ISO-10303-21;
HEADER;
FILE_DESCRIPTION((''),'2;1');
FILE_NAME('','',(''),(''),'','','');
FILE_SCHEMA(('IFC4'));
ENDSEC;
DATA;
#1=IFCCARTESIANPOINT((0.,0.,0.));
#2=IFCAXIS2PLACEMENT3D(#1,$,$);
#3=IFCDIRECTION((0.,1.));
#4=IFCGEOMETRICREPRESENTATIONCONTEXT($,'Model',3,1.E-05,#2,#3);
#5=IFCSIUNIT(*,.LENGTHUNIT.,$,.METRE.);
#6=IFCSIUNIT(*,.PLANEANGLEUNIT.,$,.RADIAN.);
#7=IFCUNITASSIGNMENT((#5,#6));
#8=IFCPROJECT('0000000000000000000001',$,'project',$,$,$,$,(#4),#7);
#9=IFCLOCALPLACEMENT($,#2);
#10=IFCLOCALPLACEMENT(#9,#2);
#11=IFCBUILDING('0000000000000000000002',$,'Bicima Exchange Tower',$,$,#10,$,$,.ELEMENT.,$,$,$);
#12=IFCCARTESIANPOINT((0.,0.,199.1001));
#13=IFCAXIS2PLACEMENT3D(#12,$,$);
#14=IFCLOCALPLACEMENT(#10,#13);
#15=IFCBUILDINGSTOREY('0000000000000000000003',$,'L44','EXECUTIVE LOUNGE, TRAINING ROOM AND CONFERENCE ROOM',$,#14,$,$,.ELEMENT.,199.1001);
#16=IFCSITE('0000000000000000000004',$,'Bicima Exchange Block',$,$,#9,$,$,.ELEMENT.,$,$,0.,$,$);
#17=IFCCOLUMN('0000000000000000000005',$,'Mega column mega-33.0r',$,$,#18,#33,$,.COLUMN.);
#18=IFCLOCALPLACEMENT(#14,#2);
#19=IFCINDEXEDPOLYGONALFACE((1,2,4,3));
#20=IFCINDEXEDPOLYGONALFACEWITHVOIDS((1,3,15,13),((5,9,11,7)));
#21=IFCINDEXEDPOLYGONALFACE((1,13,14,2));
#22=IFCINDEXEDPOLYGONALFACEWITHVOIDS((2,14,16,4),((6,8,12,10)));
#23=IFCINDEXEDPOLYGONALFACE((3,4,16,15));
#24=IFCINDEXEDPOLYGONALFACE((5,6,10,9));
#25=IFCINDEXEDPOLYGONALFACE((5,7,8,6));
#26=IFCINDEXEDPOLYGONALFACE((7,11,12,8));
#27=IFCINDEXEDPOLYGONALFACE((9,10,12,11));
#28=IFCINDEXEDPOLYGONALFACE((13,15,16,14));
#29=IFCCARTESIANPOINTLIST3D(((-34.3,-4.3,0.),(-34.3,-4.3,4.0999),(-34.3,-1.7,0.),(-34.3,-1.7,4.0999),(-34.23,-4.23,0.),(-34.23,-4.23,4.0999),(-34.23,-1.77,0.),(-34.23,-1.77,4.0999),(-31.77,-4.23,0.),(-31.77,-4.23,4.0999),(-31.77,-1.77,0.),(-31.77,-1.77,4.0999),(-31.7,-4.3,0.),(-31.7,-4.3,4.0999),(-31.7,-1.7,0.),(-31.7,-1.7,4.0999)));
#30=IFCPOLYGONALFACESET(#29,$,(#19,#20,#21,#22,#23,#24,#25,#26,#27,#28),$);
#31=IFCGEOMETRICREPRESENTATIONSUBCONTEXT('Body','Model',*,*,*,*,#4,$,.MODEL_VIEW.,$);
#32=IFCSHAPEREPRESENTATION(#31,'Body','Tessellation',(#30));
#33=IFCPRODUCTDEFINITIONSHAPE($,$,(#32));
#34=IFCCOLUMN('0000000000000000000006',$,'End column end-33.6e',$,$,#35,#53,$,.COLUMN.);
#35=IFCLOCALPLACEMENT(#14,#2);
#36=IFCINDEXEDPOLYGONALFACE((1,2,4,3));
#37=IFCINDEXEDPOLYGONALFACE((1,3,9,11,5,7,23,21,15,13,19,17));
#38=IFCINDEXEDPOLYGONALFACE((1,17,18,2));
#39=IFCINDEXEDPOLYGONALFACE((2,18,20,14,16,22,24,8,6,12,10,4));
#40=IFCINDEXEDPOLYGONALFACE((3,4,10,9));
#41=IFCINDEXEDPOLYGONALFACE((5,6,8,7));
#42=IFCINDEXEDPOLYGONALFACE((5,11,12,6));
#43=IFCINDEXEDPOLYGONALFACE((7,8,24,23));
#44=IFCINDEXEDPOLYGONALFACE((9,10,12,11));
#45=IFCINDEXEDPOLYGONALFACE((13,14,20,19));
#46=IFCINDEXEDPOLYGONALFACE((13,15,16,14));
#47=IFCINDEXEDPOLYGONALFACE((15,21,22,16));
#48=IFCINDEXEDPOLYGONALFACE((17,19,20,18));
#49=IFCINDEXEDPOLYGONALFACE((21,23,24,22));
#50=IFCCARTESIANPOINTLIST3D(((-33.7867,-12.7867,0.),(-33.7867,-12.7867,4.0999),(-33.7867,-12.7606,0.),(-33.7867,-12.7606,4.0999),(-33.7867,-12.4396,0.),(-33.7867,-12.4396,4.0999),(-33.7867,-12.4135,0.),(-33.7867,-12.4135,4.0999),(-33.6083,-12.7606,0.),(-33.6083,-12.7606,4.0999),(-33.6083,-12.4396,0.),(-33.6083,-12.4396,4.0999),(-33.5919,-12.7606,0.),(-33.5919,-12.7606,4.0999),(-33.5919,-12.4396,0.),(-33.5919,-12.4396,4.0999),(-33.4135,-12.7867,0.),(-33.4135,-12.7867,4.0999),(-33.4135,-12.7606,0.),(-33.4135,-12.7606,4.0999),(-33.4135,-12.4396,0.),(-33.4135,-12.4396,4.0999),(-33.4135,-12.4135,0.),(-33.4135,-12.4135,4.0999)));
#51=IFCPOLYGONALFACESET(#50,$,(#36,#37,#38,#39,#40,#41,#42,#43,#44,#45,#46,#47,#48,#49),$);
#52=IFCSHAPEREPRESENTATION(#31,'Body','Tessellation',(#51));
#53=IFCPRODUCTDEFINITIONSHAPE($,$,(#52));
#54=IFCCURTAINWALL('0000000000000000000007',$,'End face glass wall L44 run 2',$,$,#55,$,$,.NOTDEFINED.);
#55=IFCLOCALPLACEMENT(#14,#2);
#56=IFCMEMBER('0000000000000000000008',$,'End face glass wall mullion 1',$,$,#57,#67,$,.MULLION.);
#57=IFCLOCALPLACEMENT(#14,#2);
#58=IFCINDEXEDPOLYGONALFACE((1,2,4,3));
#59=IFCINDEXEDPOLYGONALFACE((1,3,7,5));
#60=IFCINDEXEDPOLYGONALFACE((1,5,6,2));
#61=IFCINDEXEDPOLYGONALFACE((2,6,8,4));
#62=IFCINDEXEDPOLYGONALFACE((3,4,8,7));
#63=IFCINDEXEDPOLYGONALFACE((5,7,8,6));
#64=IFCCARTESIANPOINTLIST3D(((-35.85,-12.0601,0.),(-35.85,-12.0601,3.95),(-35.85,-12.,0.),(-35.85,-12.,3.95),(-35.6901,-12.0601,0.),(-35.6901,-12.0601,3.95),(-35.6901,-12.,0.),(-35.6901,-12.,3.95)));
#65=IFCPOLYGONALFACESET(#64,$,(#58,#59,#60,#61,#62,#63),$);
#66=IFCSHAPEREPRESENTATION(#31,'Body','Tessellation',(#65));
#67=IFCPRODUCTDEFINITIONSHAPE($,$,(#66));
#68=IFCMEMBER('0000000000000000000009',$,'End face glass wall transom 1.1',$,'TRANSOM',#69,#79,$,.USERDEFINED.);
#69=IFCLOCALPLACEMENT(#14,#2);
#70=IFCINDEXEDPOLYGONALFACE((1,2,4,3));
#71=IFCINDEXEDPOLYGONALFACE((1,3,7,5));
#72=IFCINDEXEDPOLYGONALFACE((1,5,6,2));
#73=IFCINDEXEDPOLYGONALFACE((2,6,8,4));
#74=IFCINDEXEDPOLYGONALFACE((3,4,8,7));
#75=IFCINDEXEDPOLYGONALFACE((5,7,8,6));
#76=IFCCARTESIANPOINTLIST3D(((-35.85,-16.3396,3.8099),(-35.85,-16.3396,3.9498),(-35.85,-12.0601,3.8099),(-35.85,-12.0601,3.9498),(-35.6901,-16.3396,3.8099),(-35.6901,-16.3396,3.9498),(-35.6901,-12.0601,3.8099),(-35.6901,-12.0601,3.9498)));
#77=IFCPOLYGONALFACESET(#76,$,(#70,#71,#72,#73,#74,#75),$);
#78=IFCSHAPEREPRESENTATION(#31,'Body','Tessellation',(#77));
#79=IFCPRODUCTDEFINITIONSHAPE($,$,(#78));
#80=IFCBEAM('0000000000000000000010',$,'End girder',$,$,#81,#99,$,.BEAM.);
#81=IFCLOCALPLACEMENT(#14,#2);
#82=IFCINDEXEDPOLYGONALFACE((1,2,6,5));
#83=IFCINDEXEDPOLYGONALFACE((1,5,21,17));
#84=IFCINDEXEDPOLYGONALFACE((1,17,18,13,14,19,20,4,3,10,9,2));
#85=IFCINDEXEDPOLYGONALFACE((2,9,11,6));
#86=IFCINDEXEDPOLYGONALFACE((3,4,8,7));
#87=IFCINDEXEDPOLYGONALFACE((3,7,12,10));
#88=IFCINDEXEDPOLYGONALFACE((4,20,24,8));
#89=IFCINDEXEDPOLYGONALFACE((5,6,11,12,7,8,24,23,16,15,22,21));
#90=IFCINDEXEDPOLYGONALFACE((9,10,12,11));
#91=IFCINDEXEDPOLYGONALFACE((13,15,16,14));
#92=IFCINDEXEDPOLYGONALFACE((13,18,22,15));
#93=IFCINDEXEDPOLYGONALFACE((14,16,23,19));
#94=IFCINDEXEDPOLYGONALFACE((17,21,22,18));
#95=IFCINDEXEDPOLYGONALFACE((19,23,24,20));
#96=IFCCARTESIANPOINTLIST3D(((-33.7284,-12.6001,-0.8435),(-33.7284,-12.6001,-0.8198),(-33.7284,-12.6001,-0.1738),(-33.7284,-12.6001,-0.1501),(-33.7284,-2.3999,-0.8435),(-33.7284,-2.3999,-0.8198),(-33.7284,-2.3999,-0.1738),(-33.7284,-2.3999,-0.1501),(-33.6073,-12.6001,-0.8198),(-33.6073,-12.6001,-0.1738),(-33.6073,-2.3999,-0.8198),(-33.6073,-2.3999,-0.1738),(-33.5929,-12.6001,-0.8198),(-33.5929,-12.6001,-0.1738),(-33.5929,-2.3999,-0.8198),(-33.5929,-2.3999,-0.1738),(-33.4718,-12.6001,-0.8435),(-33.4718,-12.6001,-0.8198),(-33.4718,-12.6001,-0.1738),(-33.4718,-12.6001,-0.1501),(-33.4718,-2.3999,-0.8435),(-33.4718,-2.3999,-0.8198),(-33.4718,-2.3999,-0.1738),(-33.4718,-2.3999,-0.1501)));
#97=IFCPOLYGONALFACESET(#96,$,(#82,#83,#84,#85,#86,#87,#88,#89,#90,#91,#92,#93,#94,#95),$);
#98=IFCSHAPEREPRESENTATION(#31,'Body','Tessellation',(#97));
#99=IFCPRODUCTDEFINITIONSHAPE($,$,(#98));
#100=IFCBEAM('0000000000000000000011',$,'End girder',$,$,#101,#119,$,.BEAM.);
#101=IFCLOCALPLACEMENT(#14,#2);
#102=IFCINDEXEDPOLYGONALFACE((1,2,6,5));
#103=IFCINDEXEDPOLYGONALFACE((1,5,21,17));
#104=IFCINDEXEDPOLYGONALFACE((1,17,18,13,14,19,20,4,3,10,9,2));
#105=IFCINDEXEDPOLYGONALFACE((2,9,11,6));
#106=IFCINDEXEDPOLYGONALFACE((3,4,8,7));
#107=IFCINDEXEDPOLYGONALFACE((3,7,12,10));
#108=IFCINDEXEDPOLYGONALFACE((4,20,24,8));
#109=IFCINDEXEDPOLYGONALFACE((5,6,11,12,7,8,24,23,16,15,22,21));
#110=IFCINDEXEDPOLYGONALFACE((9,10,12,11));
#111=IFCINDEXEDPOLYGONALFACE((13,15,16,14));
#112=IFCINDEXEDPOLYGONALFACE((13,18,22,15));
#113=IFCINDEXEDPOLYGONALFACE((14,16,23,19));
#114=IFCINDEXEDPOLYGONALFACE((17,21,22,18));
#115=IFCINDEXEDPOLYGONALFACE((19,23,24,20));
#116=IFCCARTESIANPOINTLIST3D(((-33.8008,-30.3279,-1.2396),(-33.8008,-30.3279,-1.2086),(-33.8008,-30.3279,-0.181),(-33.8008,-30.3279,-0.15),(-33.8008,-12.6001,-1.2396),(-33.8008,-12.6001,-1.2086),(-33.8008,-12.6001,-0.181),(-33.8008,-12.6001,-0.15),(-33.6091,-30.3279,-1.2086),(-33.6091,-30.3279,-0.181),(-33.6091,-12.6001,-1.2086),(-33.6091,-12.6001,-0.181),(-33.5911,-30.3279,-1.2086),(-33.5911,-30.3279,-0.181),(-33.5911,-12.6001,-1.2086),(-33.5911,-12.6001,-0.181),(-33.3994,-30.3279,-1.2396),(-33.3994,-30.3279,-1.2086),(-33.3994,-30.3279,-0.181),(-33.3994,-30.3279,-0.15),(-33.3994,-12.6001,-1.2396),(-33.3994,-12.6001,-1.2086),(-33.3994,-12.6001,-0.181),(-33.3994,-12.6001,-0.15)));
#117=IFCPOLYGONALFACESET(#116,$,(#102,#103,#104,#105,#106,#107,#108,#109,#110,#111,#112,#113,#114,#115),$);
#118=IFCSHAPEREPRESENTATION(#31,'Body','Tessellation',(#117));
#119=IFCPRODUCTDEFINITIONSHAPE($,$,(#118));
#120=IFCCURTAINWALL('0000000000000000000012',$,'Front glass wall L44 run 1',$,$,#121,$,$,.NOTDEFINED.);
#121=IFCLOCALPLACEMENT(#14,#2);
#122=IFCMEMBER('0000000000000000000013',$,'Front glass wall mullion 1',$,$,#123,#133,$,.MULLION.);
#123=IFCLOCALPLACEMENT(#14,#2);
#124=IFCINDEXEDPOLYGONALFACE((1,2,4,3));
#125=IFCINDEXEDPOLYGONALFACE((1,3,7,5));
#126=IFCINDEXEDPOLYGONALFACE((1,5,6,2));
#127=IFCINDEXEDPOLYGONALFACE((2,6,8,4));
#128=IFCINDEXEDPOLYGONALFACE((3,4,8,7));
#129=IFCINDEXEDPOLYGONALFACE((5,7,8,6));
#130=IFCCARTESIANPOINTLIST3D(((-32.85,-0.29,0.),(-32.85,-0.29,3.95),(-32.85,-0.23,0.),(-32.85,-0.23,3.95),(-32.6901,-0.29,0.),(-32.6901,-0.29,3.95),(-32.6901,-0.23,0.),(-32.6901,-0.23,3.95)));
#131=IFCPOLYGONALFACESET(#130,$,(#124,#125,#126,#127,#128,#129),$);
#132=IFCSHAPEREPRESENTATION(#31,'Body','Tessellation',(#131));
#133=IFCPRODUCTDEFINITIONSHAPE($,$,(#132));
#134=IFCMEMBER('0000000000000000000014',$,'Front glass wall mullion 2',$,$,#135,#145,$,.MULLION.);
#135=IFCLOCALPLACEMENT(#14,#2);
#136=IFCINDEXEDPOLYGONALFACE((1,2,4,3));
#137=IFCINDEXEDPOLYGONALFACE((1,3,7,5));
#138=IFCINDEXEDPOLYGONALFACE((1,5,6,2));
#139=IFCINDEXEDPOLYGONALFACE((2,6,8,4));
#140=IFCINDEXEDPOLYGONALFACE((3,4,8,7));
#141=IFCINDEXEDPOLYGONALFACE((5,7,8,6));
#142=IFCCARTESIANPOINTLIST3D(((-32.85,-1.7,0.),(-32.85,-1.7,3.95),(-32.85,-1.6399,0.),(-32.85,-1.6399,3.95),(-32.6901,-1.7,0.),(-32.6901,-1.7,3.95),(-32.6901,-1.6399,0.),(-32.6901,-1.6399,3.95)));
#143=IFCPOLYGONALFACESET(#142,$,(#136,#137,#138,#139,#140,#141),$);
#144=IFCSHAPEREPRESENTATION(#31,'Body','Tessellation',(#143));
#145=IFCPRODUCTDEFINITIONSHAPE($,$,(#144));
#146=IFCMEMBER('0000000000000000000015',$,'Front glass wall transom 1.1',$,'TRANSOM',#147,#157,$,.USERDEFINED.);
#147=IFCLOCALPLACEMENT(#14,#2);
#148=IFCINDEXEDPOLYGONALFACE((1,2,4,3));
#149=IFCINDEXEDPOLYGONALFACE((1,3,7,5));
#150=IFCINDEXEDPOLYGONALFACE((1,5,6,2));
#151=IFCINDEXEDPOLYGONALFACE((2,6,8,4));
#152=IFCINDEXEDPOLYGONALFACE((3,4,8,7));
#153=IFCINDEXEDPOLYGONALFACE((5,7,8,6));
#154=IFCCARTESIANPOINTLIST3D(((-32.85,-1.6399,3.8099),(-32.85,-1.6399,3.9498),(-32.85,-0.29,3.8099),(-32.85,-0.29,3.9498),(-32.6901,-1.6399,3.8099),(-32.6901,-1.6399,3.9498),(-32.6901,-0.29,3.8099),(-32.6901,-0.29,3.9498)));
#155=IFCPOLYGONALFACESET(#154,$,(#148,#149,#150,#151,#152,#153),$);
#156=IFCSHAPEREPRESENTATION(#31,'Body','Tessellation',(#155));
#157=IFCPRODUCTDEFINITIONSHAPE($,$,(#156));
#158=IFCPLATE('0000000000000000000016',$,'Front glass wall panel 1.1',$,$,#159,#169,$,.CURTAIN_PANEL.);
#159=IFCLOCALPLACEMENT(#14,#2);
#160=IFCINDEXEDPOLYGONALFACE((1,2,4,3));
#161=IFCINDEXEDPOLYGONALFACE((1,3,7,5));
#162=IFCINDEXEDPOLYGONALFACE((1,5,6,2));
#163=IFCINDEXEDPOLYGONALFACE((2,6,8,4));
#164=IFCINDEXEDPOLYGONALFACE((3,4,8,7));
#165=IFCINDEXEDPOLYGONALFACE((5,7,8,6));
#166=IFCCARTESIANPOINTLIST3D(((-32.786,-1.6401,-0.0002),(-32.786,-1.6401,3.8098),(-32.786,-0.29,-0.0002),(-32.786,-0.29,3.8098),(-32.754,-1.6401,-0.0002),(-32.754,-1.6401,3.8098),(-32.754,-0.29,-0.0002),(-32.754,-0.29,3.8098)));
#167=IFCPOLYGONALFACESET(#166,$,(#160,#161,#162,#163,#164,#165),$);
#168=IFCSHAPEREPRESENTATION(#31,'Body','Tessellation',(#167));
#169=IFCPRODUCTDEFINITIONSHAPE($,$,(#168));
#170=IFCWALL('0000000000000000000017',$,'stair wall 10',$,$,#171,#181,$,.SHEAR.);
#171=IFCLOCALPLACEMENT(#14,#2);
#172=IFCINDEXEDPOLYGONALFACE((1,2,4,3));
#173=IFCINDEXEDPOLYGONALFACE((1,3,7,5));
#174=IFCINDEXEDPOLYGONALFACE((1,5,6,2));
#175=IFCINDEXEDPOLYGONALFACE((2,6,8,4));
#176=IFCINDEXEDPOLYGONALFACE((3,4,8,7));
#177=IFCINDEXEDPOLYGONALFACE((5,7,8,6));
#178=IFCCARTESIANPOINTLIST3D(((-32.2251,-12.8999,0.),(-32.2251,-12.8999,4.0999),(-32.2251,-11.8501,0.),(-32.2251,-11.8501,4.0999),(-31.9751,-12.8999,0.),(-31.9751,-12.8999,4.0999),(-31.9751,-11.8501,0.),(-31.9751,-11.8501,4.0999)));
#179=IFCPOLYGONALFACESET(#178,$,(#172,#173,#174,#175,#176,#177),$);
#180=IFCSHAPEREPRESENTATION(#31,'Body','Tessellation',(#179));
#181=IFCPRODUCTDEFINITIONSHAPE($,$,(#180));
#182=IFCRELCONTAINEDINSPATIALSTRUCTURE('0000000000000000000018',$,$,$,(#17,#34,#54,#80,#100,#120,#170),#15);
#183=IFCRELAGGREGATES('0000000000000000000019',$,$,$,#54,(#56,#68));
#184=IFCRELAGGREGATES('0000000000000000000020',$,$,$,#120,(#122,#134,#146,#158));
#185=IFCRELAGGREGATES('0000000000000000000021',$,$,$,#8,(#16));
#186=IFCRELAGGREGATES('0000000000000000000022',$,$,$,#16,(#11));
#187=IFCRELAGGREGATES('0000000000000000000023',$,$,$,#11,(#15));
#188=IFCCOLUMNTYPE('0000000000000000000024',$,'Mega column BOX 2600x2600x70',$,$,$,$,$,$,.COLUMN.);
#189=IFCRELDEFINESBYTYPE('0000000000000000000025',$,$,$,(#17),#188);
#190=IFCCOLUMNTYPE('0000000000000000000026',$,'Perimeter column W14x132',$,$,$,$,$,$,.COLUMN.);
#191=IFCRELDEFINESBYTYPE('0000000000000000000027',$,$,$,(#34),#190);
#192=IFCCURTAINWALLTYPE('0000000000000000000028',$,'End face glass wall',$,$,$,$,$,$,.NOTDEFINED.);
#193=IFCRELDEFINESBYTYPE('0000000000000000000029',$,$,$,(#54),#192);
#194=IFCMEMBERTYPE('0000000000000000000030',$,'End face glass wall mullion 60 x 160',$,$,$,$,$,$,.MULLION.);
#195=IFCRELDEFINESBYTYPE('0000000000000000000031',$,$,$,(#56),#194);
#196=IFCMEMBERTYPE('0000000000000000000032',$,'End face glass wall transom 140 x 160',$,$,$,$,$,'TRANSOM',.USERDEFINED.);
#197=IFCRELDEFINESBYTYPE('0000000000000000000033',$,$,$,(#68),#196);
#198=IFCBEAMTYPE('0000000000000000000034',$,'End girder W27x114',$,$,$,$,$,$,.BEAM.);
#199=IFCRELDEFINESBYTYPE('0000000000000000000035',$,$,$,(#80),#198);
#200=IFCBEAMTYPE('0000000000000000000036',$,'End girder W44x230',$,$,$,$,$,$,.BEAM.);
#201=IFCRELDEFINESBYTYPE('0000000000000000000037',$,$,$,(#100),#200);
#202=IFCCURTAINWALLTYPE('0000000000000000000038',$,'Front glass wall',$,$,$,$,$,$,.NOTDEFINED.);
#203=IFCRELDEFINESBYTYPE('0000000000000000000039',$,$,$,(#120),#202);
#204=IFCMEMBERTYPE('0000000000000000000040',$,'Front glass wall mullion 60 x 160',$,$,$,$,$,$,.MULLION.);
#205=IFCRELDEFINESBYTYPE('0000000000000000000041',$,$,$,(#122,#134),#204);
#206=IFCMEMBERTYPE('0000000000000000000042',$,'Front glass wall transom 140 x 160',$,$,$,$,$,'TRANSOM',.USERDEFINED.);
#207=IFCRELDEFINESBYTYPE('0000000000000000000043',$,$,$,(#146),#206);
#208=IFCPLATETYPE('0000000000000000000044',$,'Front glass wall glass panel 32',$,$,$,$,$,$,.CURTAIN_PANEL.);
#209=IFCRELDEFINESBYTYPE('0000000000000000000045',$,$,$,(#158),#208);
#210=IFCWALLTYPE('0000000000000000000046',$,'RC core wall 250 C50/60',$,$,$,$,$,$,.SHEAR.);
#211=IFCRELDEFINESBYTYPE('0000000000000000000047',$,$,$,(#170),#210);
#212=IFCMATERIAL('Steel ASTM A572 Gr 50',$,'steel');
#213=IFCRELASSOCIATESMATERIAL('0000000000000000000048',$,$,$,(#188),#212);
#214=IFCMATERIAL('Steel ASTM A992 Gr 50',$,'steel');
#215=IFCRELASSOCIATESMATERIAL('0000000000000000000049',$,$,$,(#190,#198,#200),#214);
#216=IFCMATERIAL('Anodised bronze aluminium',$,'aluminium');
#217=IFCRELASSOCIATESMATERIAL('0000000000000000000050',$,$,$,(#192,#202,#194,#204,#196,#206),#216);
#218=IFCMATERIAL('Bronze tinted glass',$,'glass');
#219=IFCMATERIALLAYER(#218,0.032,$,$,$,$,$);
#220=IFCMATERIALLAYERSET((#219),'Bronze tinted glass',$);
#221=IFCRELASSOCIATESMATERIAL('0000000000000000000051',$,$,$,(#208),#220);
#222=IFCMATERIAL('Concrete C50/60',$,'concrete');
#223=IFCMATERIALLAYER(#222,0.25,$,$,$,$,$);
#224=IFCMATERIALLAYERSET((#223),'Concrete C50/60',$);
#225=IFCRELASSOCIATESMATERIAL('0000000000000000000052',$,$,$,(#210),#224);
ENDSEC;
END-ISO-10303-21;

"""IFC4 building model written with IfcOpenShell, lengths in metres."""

from ifc_helpers import new_model, si_unit, direction, frame, frame_2d, origin, origin_2d, place, context, subcontext, project, spatial, rectangle, hollow_rectangle, i_section, extrude, material, layer, layer_set, material_profile, profile_set, type_object, element, aggregate, save


model = new_model("IFC4")

# Units and contexts
model_context = context("Model", 3, precision=1e-05, world=origin(), true_north=direction((0.0, 1.0)))
body_context = subcontext(model_context, "Body", "Model", "MODEL_VIEW")
ifc_project = project(units=[si_unit("LENGTHUNIT", "METRE"), si_unit("PLANEANGLEUNIT", "RADIAN")], contexts=[model_context])

# Site, building, storey
site_placement = place(None, origin())
site = spatial("IfcSite", under=ifc_project, at=site_placement, Name="Bicima Exchange Block", CompositionType="ELEMENT", RefElevation=0.0)
building_placement = place(site_placement, origin())
building = spatial("IfcBuilding", under=site, at=building_placement, Name="Bicima Exchange Tower", CompositionType="ELEMENT")
storey_placement = place(building_placement, frame((0.0, 0.0, 199.1001)))
storey = spatial("IfcBuildingStorey", under=building, at=storey_placement, Name="L44", Description="EXECUTIVE LOUNGE, TRAINING ROOM AND CONFERENCE ROOM", CompositionType="ELEMENT", Elevation=199.1001)

# Columns
ifc_material_1 = material(Name="Steel ASTM A572 Gr 50", Category="steel")
ifc_material_profile_1 = material_profile(ifc_material_1, hollow_rectangle(XDim=2.6001, YDim=2.6001, WallThickness=0.0701, at=origin_2d()))
ifc_profile_set_1 = profile_set([ifc_material_profile_1], Name="Steel ASTM A572 Gr 50")
column_type_1 = type_object("IfcColumnType", Name="Mega column BOX 2600x2600x70", PredefinedType="COLUMN", material=ifc_profile_set_1)
column_1_placement = place(storey_placement, frame((-33.0, -3.0, 0.0), z_axis=(0.0, 0.0, 1.0), x_axis=(1.0, 0.0, 0.0)))
element("IfcColumn", 1, at=column_1_placement, inside=storey, type_object=column_type_1, Name="Mega column mega-33.0r", PredefinedType="COLUMN", context=body_context, shape_type="SweptSolid", body=[
    extrude(hollow_rectangle(XDim=2.6001, YDim=2.6001, WallThickness=0.0701, at=origin_2d()), origin(), (0.0, 0.0, 1.0), 4.0999),
])
ifc_material_2 = material(Name="Steel ASTM A992 Gr 50", Category="steel")
ifc_material_profile_2 = material_profile(ifc_material_2, i_section(OverallWidth=0.3733, OverallDepth=0.3733, WebThickness=0.0164, FlangeThickness=0.0261, at=origin_2d()))
ifc_profile_set_2 = profile_set([ifc_material_profile_2], Name="Steel ASTM A992 Gr 50")
column_type_2 = type_object("IfcColumnType", Name="Perimeter column W14x132", PredefinedType="COLUMN", material=ifc_profile_set_2)
column_2_placement = place(storey_placement, frame((-33.6001, -12.6001, 0.0), z_axis=(0.0, 0.0, 1.0), x_axis=(1.0, 0.0, 0.0)))
element("IfcColumn", 2, at=column_2_placement, inside=storey, type_object=column_type_2, Name="End column end-33.6e", PredefinedType="COLUMN", context=body_context, shape_type="SweptSolid", body=[
    extrude(i_section(OverallWidth=0.3733, OverallDepth=0.3733, WebThickness=0.0164, FlangeThickness=0.0261, at=origin_2d()), origin(), (0.0, 0.0, 1.0), 4.0999),
])

# Curtain wall, members
ifc_material_3 = material(Name="Anodised bronze aluminium", Category="aluminium")
curtain_wall_type_1 = type_object("IfcCurtainWallType", Name="End face glass wall", PredefinedType="NOTDEFINED", material=ifc_material_3)
curtain_wall_1_placement = place(storey_placement, origin())
curtain_wall_1 = element("IfcCurtainWall", 3, at=curtain_wall_1_placement, inside=storey, type_object=curtain_wall_type_1, Name="End face glass wall L44 run 2", PredefinedType="NOTDEFINED")
ifc_material_profile_3 = material_profile(ifc_material_3, rectangle(XDim=0.1599, YDim=0.0601, at=origin_2d()))
ifc_profile_set_3 = profile_set([ifc_material_profile_3], Name="Anodised bronze aluminium")
member_type_1 = type_object("IfcMemberType", Name="End face glass wall mullion 60 x 160", PredefinedType="MULLION", material=ifc_profile_set_3)
member_1_placement = place(storey_placement, frame((-35.77, -12.03, 0.0), z_axis=(0.0, 0.0, 1.0), x_axis=(1.0, 0.0, 0.0)))
member_1 = element("IfcMember", 4, at=member_1_placement, type_object=member_type_1, Name="End face glass wall mullion 1", PredefinedType="MULLION", context=body_context, shape_type="SweptSolid", body=[
    extrude(rectangle(XDim=0.1599, YDim=0.0601, at=origin_2d()), origin(), (0.0, 0.0, 1.0), 3.95),
])
ifc_material_profile_4 = material_profile(ifc_material_3, rectangle(XDim=0.1599, YDim=0.1399, at=origin_2d()))
ifc_profile_set_4 = profile_set([ifc_material_profile_4], Name="Anodised bronze aluminium")
member_type_2 = type_object("IfcMemberType", Name="End face glass wall transom 140 x 160", ElementType="TRANSOM", PredefinedType="USERDEFINED", material=ifc_profile_set_4)
member_2_placement = place(storey_placement, frame((-35.77, -12.0601, 3.8799), z_axis=(0.0, -1.0, 0.0), x_axis=(1.0, 0.0, 0.0)))
member_2 = element("IfcMember", 5, at=member_2_placement, type_object=member_type_2, Name="End face glass wall transom 1.1", ObjectType="TRANSOM", PredefinedType="USERDEFINED", context=body_context, shape_type="SweptSolid", body=[
    extrude(rectangle(XDim=0.1599, YDim=0.1399, at=origin_2d()), origin(), (0.0, 0.0, 1.0), 4.2795),
])
aggregate(curtain_wall_1, [member_1, member_2])

# Beams
ifc_material_profile_5 = material_profile(ifc_material_2, i_section(OverallWidth=0.2566, OverallDepth=0.6934, WebThickness=0.0144, FlangeThickness=0.0237, at=origin_2d()))
ifc_profile_set_5 = profile_set([ifc_material_profile_5], Name="Steel ASTM A992 Gr 50")
beam_type_1 = type_object("IfcBeamType", Name="End girder W27x114", PredefinedType="BEAM", material=ifc_profile_set_5)
beam_1_placement = place(storey_placement, frame((-33.6001, -2.3999, -0.4968), z_axis=(0.0, -1.0, 0.0), x_axis=(1.0, 0.0, 0.0)))
element("IfcBeam", 6, at=beam_1_placement, inside=storey, type_object=beam_type_1, Name="End girder", PredefinedType="BEAM", context=body_context, shape_type="SweptSolid", body=[
    extrude(i_section(OverallWidth=0.2566, OverallDepth=0.6934, WebThickness=0.0144, FlangeThickness=0.0237, at=origin_2d()), origin(), (0.0, 0.0, 1.0), 10.2002),
])
ifc_material_profile_6 = material_profile(ifc_material_2, i_section(OverallWidth=0.4014, OverallDepth=1.0896, WebThickness=0.0181, FlangeThickness=0.031, at=origin_2d()))
ifc_profile_set_6 = profile_set([ifc_material_profile_6], Name="Steel ASTM A992 Gr 50")
beam_type_2 = type_object("IfcBeamType", Name="End girder W44x230", PredefinedType="BEAM", material=ifc_profile_set_6)
beam_2_placement = place(storey_placement, frame((-33.6001, -12.6001, -0.6948), z_axis=(0.0, -1.0, 0.0), x_axis=(1.0, 0.0, 0.0)))
element("IfcBeam", 7, at=beam_2_placement, inside=storey, type_object=beam_type_2, Name="End girder", PredefinedType="BEAM", context=body_context, shape_type="SweptSolid", body=[
    extrude(i_section(OverallWidth=0.4014, OverallDepth=1.0896, WebThickness=0.0181, FlangeThickness=0.031, at=origin_2d()), origin(), (0.0, 0.0, 1.0), 17.7278),
])

# Curtain wall, members, plate
curtain_wall_type_2 = type_object("IfcCurtainWallType", Name="Front glass wall", PredefinedType="NOTDEFINED", material=ifc_material_3)
curtain_wall_2_placement = place(storey_placement, origin())
curtain_wall_2 = element("IfcCurtainWall", 8, at=curtain_wall_2_placement, inside=storey, type_object=curtain_wall_type_2, Name="Front glass wall L44 run 1", PredefinedType="NOTDEFINED")
member_type_3 = type_object("IfcMemberType", Name="Front glass wall mullion 60 x 160", PredefinedType="MULLION", material=ifc_profile_set_3)
member_3_placement = place(storey_placement, frame((-32.77, -0.26, 0.0), z_axis=(0.0, 0.0, 1.0), x_axis=(1.0, 0.0, 0.0)))
member_3 = element("IfcMember", 9, at=member_3_placement, type_object=member_type_3, Name="Front glass wall mullion 1", PredefinedType="MULLION", context=body_context, shape_type="SweptSolid", body=[
    extrude(rectangle(XDim=0.1599, YDim=0.0601, at=origin_2d()), origin(), (0.0, 0.0, 1.0), 3.95),
])
member_4_placement = place(storey_placement, frame((-32.77, -1.6699, 0.0), z_axis=(0.0, 0.0, 1.0), x_axis=(1.0, 0.0, 0.0)))
member_4 = element("IfcMember", 10, at=member_4_placement, type_object=member_type_3, Name="Front glass wall mullion 2", PredefinedType="MULLION", context=body_context, shape_type="SweptSolid", body=[
    extrude(rectangle(XDim=0.1599, YDim=0.0601, at=origin_2d()), origin(), (0.0, 0.0, 1.0), 3.95),
])
member_type_4 = type_object("IfcMemberType", Name="Front glass wall transom 140 x 160", ElementType="TRANSOM", PredefinedType="USERDEFINED", material=ifc_profile_set_4)
member_5_placement = place(storey_placement, frame((-32.77, -0.29, 3.8799), z_axis=(0.0, -1.0, 0.0), x_axis=(1.0, 0.0, 0.0)))
member_5 = element("IfcMember", 11, at=member_5_placement, type_object=member_type_4, Name="Front glass wall transom 1.1", ObjectType="TRANSOM", PredefinedType="USERDEFINED", context=body_context, shape_type="SweptSolid", body=[
    extrude(rectangle(XDim=0.1599, YDim=0.1399, at=origin_2d()), origin(), (0.0, 0.0, 1.0), 1.3499),
])
ifc_material_4 = material(Name="Bronze tinted glass", Category="glass")
ifc_layer_1 = layer(ifc_material_4, 0.032)
ifc_layer_set_1 = layer_set([ifc_layer_1], Name="Bronze tinted glass")
plate_type = type_object("IfcPlateType", Name="Front glass wall glass panel 32", PredefinedType="CURTAIN_PANEL", material=ifc_layer_set_1)
plate_placement = place(storey_placement, frame((-32.77, -0.9651, -0.0002), z_axis=(0.0, 0.0, 1.0), x_axis=(0.0, -1.0, 0.0)))
plate = element("IfcPlate", 12, at=plate_placement, type_object=plate_type, Name="Front glass wall panel 1.1", PredefinedType="CURTAIN_PANEL", context=body_context, shape_type="SweptSolid", body=[
    extrude(rectangle(XDim=1.3501, YDim=0.032, at=origin_2d()), origin(), (0.0, 0.0, 1.0), 3.8101),
])
aggregate(curtain_wall_2, [member_3, member_4, member_5, plate])

# Wall
ifc_material_5 = material(Name="Concrete C50/60", Category="concrete")
ifc_layer_2 = layer(ifc_material_5, 0.25)
ifc_layer_set_2 = layer_set([ifc_layer_2], Name="Concrete C50/60")
wall_type_1 = type_object("IfcWallType", Name="RC core wall 250 C50/60", PredefinedType="SHEAR", material=ifc_layer_set_2)
wall_1_placement = place(storey_placement, frame((-32.1001, -12.8999, 0.0), z_axis=(0.0, 0.0, 1.0), x_axis=(0.0, 1.0, 0.0)))
element("IfcWall", 13, at=wall_1_placement, inside=storey, type_object=wall_type_1, Name="stair wall 10", PredefinedType="SHEAR", context=body_context, shape_type="SweptSolid", body=[
    extrude(rectangle(XDim=1.0498, YDim=0.25, at=frame_2d((0.5249, 0.0))), origin(), (0.0, 0.0, 1.0), 4.0999),
])

save(model, "model.ifc")
